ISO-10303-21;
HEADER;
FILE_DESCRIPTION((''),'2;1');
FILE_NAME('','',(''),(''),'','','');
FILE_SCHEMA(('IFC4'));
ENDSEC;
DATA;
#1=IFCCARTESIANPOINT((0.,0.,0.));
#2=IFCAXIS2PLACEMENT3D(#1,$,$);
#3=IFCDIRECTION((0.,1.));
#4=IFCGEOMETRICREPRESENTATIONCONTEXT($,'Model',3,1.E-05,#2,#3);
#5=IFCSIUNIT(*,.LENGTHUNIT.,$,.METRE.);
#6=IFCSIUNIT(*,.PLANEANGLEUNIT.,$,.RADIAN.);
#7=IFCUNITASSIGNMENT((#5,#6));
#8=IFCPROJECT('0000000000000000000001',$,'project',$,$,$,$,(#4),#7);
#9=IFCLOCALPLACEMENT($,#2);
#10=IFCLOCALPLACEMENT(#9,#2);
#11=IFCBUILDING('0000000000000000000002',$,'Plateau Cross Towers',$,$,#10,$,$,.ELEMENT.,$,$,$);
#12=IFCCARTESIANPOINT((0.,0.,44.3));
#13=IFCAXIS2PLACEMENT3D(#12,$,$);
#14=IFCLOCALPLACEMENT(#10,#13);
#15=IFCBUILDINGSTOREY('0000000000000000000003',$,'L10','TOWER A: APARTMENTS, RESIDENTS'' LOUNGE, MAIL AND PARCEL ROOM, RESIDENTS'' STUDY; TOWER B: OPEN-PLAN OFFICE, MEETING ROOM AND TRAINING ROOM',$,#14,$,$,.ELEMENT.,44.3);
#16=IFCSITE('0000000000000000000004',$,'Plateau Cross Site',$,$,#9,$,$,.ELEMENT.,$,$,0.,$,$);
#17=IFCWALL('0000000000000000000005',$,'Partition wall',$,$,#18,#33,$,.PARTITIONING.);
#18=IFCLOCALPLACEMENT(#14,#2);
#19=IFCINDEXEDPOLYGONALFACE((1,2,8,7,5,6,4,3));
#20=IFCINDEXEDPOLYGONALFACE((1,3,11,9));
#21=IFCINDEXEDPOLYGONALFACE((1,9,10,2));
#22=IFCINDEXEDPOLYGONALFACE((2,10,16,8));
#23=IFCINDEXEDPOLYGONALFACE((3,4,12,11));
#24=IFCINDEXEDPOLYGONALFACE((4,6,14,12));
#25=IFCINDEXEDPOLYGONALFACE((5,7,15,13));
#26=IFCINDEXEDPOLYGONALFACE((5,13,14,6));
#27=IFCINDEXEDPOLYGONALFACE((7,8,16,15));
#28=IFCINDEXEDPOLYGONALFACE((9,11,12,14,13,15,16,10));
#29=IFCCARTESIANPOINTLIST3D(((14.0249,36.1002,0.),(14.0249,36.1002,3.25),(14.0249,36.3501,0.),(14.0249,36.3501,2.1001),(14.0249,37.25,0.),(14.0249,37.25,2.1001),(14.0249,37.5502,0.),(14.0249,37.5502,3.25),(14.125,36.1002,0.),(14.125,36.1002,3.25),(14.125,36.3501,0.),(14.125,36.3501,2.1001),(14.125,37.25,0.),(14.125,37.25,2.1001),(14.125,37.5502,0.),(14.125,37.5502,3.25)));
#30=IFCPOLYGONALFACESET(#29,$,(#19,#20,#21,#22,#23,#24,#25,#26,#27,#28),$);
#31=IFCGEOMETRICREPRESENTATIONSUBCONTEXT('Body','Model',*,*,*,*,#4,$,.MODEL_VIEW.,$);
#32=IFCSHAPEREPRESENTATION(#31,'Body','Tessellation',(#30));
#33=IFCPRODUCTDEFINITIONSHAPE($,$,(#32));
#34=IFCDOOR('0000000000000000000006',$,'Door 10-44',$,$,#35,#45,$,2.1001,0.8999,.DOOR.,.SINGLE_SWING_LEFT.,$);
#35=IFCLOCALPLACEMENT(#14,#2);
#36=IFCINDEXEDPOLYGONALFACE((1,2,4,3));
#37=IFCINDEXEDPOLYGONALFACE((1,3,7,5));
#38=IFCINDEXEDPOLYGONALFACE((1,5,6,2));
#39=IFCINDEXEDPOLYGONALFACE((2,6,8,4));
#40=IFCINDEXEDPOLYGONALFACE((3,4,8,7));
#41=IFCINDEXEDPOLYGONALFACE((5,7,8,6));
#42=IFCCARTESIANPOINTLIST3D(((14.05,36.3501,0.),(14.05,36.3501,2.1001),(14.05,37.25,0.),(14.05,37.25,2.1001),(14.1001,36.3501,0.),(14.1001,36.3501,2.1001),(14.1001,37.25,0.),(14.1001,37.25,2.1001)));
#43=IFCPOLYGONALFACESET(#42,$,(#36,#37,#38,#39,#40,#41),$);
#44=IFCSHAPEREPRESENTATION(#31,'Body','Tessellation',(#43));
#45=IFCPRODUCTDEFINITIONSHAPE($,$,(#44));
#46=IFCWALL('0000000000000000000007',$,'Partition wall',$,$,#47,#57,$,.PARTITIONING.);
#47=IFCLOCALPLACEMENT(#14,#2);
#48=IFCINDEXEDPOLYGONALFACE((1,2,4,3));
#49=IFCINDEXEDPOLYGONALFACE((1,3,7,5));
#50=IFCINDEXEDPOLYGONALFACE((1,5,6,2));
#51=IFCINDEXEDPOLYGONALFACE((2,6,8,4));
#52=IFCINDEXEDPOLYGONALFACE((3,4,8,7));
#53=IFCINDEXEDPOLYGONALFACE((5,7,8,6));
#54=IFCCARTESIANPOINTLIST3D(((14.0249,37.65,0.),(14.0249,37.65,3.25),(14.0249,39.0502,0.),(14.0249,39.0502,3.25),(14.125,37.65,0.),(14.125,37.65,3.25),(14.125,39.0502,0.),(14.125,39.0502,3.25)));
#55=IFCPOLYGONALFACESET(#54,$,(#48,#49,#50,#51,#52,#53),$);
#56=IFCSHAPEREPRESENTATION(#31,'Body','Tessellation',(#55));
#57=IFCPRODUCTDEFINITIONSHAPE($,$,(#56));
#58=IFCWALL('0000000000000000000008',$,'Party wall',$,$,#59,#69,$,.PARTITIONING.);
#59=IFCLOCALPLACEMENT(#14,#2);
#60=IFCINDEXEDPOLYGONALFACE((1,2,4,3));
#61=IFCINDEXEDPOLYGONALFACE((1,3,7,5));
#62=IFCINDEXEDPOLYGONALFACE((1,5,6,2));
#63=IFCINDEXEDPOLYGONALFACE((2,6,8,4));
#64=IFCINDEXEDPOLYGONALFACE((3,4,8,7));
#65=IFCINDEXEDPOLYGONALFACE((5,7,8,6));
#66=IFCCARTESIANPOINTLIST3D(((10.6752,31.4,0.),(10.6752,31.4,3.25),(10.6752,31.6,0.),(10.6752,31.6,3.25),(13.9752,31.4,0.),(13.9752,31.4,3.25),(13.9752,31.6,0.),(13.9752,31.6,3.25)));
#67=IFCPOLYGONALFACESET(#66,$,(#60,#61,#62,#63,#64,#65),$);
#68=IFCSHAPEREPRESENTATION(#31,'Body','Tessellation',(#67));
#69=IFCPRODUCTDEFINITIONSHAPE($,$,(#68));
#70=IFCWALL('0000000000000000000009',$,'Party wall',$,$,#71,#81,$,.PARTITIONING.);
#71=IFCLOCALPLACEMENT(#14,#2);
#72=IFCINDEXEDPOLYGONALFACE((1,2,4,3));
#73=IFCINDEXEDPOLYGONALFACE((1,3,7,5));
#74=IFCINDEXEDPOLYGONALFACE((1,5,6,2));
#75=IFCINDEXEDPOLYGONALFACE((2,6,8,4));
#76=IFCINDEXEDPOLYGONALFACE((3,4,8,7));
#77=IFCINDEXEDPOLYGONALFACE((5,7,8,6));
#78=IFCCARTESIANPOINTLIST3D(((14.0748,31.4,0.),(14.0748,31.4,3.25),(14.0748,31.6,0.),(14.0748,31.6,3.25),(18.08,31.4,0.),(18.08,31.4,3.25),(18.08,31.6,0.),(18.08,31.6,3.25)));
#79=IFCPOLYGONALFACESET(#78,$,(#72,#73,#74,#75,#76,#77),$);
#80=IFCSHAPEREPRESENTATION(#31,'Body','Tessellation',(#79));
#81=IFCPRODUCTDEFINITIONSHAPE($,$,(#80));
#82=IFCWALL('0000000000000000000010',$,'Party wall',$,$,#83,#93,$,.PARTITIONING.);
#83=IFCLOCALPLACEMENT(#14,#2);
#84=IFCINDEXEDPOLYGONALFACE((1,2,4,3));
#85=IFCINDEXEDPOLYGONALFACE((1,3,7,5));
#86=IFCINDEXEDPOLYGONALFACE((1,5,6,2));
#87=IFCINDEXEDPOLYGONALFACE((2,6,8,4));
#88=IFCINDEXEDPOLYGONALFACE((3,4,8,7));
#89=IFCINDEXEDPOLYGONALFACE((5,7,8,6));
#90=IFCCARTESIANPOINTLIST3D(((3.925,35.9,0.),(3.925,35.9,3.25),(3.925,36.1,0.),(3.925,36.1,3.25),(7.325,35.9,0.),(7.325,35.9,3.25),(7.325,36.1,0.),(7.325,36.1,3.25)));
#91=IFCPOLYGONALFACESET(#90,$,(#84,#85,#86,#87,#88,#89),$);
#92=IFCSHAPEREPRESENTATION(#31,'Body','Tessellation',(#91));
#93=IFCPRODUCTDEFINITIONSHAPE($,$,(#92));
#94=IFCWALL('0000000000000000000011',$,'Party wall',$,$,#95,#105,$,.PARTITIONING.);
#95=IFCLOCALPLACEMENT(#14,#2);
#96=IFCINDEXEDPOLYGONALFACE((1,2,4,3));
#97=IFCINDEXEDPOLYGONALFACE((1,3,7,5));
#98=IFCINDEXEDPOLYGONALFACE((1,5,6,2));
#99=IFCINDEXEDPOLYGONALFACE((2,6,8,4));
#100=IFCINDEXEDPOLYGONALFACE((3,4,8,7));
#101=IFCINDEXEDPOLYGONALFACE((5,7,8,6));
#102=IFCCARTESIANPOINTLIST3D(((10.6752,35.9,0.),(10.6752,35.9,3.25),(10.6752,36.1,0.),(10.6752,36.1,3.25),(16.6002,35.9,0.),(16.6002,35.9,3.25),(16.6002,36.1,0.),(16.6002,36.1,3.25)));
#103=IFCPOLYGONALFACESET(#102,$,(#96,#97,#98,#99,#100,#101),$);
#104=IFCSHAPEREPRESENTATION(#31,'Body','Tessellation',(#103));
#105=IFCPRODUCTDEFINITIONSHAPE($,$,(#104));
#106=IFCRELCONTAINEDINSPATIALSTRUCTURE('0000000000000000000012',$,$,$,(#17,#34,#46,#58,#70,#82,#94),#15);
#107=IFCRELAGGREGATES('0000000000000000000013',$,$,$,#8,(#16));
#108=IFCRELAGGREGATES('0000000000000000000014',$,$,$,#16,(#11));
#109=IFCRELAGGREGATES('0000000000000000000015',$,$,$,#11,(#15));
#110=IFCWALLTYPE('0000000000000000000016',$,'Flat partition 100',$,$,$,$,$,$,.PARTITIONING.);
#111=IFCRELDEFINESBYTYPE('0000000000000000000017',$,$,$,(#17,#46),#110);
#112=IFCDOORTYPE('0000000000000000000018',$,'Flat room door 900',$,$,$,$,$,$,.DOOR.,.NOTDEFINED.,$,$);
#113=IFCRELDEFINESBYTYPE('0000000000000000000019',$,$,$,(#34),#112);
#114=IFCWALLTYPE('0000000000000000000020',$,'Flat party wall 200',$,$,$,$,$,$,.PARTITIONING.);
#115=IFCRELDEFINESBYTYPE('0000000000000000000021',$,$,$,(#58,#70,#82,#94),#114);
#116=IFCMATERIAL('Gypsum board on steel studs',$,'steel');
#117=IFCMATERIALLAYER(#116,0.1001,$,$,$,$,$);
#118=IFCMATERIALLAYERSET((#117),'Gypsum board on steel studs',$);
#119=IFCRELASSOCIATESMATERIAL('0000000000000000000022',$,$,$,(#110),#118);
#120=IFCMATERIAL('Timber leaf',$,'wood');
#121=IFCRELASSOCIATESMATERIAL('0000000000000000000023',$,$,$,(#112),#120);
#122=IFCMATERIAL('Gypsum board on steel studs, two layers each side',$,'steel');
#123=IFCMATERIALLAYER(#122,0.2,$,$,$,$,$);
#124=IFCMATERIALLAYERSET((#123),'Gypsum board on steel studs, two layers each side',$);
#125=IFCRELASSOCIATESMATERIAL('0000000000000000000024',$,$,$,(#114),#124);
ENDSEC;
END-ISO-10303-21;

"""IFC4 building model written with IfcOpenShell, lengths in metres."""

from ifc_helpers import new_model, si_unit, direction, frame, frame_2d, origin, place, context, subcontext, project, spatial, rectangle, extrude, material, layer, layer_set, type_object, element, fill, save


model = new_model("IFC4")

# Units and contexts
model_context = context("Model", 3, precision=1e-05, world=origin(), true_north=direction((0.0, 1.0)))
body_context = subcontext(model_context, "Body", "Model", "MODEL_VIEW")
ifc_project = project(units=[si_unit("LENGTHUNIT", "METRE"), si_unit("PLANEANGLEUNIT", "RADIAN")], contexts=[model_context])

# Site, building, storey
site_placement = place(None, origin())
site = spatial("IfcSite", under=ifc_project, at=site_placement, Name="Plateau Cross Site", CompositionType="ELEMENT", RefElevation=0.0)
building_placement = place(site_placement, origin())
building = spatial("IfcBuilding", under=site, at=building_placement, Name="Plateau Cross Towers", CompositionType="ELEMENT")
storey_placement = place(building_placement, frame((0.0, 0.0, 44.3)))
storey = spatial("IfcBuildingStorey", under=building, at=storey_placement, Name="L10", Description="TOWER A: APARTMENTS, RESIDENTS' LOUNGE, MAIL AND PARCEL ROOM, RESIDENTS' STUDY; TOWER B: OPEN-PLAN OFFICE, MEETING ROOM AND TRAINING ROOM", CompositionType="ELEMENT", Elevation=44.3)

# Shared definitions
ifc_material_1 = material(Name="Gypsum board on steel studs", Category="steel")
ifc_layer_1 = layer(ifc_material_1, 0.1001)
ifc_layer_set_1 = layer_set([ifc_layer_1], Name="Gypsum board on steel studs")
wall_type_1 = type_object("IfcWallType", Name="Flat partition 100", PredefinedType="PARTITIONING", material=ifc_layer_set_1)
ifc_material_2 = material(Name="Timber leaf", Category="wood")
door_type = type_object("IfcDoorType", Name="Flat room door 900", OperationType="NOTDEFINED", PredefinedType="DOOR", material=ifc_material_2)

# Wall, opening, door
wall_1_placement = place(storey_placement, frame((14.075, 36.1001, 0.0), z_axis=(0.0, 0.0, 1.0), x_axis=(0.0, 1.0, 0.0)))
wall_1 = element("IfcWall", 1, at=wall_1_placement, inside=storey, type_object=wall_type_1, Name="Partition wall", PredefinedType="PARTITIONING", context=body_context, shape_type="SweptSolid", body=[
    extrude(rectangle(XDim=1.45, YDim=0.1001, at=frame_2d((0.7251, 0.0))), origin(), (0.0, 0.0, 1.0), 3.25),
])
opening_1_placement = place(wall_1_placement, frame((0.25, 0.0, 0.0)))
opening_1 = element("IfcOpeningElement", 2, at=opening_1_placement, cuts=wall_1, PredefinedType="OPENING", context=body_context, shape_type="SweptSolid", body=[
    extrude(rectangle(XDim=0.8999, YDim=2.1001, at=frame_2d((0.45, 1.05))), frame((0.0, 0.0601, 0.0), z_axis=(0.0, -1.0, 0.0), x_axis=(1.0, 0.0, 0.0)), (0.0, 0.0, 1.0), 0.1201),
])
door_1_placement = place(opening_1_placement, origin())
door_1 = element("IfcDoor", 3, at=door_1_placement, inside=storey, type_object=door_type, Name="Door 10-44", OperationType="SINGLE_SWING_LEFT", OverallHeight=2.1001, OverallWidth=0.8999, PredefinedType="DOOR", context=body_context, shape_type="SweptSolid", body=[
    extrude(rectangle(XDim=0.8999, YDim=2.1001, at=frame_2d((0.45, 1.05))), frame((0.0, 0.0249, 0.0), z_axis=(0.0, -1.0, 0.0), x_axis=(1.0, 0.0, 0.0)), (0.0, 0.0, 1.0), 0.05),
])
fill(opening_1, door_1)

# Walls
wall_2_placement = place(storey_placement, frame((14.075, 37.6499, 0.0), z_axis=(0.0, 0.0, 1.0), x_axis=(0.0, 1.0, 0.0)))
element("IfcWall", 4, at=wall_2_placement, inside=storey, type_object=wall_type_1, Name="Partition wall", PredefinedType="PARTITIONING", context=body_context, shape_type="SweptSolid", body=[
    extrude(rectangle(XDim=1.4001, YDim=0.1001, at=frame_2d((0.7002, 0.0))), origin(), (0.0, 0.0, 1.0), 3.25),
])
ifc_material_3 = material(Name="Gypsum board on steel studs, two layers each side", Category="steel")
ifc_layer_2 = layer(ifc_material_3, 0.2)
ifc_layer_set_2 = layer_set([ifc_layer_2], Name="Gypsum board on steel studs, two layers each side")
wall_type_2 = type_object("IfcWallType", Name="Flat party wall 200", PredefinedType="PARTITIONING", material=ifc_layer_set_2)
wall_3_placement = place(storey_placement, frame((13.9751, 31.5, 0.0), z_axis=(0.0, 0.0, 1.0), x_axis=(-1.0, 0.0, 0.0)))
element("IfcWall", 5, at=wall_3_placement, inside=storey, type_object=wall_type_2, Name="Party wall", PredefinedType="PARTITIONING", context=body_context, shape_type="SweptSolid", body=[
    extrude(rectangle(XDim=3.3, YDim=0.2, at=frame_2d((1.6499, 0.0))), origin(), (0.0, 0.0, 1.0), 3.25),
])
wall_4_placement = place(storey_placement, frame((14.075, 31.5, 0.0), z_axis=(0.0, 0.0, 1.0), x_axis=(1.0, 0.0, 0.0)))
element("IfcWall", 6, at=wall_4_placement, inside=storey, type_object=wall_type_2, Name="Party wall", PredefinedType="PARTITIONING", context=body_context, shape_type="SweptSolid", body=[
    extrude(rectangle(XDim=4.0051, YDim=0.2, at=frame_2d((2.0024, 0.0))), origin(), (0.0, 0.0, 1.0), 3.25),
])
wall_5_placement = place(storey_placement, frame((7.325, 36.0, 0.0), z_axis=(0.0, 0.0, 1.0), x_axis=(-1.0, 0.0, 0.0)))
element("IfcWall", 7, at=wall_5_placement, inside=storey, type_object=wall_type_2, Name="Party wall", PredefinedType="PARTITIONING", context=body_context, shape_type="SweptSolid", body=[
    extrude(rectangle(XDim=3.3999, YDim=0.2, at=frame_2d((1.7, 0.0))), origin(), (0.0, 0.0, 1.0), 3.25),
])
wall_6_placement = place(storey_placement, frame((16.6001, 36.0, 0.0), z_axis=(0.0, 0.0, 1.0), x_axis=(-1.0, 0.0, 0.0)))
element("IfcWall", 8, at=wall_6_placement, inside=storey, type_object=wall_type_2, Name="Party wall", PredefinedType="PARTITIONING", context=body_context, shape_type="SweptSolid", body=[
    extrude(rectangle(XDim=5.925, YDim=0.2, at=frame_2d((2.9624, 0.0))), origin(), (0.0, 0.0, 1.0), 3.25),
])

save(model, "model.ifc")
